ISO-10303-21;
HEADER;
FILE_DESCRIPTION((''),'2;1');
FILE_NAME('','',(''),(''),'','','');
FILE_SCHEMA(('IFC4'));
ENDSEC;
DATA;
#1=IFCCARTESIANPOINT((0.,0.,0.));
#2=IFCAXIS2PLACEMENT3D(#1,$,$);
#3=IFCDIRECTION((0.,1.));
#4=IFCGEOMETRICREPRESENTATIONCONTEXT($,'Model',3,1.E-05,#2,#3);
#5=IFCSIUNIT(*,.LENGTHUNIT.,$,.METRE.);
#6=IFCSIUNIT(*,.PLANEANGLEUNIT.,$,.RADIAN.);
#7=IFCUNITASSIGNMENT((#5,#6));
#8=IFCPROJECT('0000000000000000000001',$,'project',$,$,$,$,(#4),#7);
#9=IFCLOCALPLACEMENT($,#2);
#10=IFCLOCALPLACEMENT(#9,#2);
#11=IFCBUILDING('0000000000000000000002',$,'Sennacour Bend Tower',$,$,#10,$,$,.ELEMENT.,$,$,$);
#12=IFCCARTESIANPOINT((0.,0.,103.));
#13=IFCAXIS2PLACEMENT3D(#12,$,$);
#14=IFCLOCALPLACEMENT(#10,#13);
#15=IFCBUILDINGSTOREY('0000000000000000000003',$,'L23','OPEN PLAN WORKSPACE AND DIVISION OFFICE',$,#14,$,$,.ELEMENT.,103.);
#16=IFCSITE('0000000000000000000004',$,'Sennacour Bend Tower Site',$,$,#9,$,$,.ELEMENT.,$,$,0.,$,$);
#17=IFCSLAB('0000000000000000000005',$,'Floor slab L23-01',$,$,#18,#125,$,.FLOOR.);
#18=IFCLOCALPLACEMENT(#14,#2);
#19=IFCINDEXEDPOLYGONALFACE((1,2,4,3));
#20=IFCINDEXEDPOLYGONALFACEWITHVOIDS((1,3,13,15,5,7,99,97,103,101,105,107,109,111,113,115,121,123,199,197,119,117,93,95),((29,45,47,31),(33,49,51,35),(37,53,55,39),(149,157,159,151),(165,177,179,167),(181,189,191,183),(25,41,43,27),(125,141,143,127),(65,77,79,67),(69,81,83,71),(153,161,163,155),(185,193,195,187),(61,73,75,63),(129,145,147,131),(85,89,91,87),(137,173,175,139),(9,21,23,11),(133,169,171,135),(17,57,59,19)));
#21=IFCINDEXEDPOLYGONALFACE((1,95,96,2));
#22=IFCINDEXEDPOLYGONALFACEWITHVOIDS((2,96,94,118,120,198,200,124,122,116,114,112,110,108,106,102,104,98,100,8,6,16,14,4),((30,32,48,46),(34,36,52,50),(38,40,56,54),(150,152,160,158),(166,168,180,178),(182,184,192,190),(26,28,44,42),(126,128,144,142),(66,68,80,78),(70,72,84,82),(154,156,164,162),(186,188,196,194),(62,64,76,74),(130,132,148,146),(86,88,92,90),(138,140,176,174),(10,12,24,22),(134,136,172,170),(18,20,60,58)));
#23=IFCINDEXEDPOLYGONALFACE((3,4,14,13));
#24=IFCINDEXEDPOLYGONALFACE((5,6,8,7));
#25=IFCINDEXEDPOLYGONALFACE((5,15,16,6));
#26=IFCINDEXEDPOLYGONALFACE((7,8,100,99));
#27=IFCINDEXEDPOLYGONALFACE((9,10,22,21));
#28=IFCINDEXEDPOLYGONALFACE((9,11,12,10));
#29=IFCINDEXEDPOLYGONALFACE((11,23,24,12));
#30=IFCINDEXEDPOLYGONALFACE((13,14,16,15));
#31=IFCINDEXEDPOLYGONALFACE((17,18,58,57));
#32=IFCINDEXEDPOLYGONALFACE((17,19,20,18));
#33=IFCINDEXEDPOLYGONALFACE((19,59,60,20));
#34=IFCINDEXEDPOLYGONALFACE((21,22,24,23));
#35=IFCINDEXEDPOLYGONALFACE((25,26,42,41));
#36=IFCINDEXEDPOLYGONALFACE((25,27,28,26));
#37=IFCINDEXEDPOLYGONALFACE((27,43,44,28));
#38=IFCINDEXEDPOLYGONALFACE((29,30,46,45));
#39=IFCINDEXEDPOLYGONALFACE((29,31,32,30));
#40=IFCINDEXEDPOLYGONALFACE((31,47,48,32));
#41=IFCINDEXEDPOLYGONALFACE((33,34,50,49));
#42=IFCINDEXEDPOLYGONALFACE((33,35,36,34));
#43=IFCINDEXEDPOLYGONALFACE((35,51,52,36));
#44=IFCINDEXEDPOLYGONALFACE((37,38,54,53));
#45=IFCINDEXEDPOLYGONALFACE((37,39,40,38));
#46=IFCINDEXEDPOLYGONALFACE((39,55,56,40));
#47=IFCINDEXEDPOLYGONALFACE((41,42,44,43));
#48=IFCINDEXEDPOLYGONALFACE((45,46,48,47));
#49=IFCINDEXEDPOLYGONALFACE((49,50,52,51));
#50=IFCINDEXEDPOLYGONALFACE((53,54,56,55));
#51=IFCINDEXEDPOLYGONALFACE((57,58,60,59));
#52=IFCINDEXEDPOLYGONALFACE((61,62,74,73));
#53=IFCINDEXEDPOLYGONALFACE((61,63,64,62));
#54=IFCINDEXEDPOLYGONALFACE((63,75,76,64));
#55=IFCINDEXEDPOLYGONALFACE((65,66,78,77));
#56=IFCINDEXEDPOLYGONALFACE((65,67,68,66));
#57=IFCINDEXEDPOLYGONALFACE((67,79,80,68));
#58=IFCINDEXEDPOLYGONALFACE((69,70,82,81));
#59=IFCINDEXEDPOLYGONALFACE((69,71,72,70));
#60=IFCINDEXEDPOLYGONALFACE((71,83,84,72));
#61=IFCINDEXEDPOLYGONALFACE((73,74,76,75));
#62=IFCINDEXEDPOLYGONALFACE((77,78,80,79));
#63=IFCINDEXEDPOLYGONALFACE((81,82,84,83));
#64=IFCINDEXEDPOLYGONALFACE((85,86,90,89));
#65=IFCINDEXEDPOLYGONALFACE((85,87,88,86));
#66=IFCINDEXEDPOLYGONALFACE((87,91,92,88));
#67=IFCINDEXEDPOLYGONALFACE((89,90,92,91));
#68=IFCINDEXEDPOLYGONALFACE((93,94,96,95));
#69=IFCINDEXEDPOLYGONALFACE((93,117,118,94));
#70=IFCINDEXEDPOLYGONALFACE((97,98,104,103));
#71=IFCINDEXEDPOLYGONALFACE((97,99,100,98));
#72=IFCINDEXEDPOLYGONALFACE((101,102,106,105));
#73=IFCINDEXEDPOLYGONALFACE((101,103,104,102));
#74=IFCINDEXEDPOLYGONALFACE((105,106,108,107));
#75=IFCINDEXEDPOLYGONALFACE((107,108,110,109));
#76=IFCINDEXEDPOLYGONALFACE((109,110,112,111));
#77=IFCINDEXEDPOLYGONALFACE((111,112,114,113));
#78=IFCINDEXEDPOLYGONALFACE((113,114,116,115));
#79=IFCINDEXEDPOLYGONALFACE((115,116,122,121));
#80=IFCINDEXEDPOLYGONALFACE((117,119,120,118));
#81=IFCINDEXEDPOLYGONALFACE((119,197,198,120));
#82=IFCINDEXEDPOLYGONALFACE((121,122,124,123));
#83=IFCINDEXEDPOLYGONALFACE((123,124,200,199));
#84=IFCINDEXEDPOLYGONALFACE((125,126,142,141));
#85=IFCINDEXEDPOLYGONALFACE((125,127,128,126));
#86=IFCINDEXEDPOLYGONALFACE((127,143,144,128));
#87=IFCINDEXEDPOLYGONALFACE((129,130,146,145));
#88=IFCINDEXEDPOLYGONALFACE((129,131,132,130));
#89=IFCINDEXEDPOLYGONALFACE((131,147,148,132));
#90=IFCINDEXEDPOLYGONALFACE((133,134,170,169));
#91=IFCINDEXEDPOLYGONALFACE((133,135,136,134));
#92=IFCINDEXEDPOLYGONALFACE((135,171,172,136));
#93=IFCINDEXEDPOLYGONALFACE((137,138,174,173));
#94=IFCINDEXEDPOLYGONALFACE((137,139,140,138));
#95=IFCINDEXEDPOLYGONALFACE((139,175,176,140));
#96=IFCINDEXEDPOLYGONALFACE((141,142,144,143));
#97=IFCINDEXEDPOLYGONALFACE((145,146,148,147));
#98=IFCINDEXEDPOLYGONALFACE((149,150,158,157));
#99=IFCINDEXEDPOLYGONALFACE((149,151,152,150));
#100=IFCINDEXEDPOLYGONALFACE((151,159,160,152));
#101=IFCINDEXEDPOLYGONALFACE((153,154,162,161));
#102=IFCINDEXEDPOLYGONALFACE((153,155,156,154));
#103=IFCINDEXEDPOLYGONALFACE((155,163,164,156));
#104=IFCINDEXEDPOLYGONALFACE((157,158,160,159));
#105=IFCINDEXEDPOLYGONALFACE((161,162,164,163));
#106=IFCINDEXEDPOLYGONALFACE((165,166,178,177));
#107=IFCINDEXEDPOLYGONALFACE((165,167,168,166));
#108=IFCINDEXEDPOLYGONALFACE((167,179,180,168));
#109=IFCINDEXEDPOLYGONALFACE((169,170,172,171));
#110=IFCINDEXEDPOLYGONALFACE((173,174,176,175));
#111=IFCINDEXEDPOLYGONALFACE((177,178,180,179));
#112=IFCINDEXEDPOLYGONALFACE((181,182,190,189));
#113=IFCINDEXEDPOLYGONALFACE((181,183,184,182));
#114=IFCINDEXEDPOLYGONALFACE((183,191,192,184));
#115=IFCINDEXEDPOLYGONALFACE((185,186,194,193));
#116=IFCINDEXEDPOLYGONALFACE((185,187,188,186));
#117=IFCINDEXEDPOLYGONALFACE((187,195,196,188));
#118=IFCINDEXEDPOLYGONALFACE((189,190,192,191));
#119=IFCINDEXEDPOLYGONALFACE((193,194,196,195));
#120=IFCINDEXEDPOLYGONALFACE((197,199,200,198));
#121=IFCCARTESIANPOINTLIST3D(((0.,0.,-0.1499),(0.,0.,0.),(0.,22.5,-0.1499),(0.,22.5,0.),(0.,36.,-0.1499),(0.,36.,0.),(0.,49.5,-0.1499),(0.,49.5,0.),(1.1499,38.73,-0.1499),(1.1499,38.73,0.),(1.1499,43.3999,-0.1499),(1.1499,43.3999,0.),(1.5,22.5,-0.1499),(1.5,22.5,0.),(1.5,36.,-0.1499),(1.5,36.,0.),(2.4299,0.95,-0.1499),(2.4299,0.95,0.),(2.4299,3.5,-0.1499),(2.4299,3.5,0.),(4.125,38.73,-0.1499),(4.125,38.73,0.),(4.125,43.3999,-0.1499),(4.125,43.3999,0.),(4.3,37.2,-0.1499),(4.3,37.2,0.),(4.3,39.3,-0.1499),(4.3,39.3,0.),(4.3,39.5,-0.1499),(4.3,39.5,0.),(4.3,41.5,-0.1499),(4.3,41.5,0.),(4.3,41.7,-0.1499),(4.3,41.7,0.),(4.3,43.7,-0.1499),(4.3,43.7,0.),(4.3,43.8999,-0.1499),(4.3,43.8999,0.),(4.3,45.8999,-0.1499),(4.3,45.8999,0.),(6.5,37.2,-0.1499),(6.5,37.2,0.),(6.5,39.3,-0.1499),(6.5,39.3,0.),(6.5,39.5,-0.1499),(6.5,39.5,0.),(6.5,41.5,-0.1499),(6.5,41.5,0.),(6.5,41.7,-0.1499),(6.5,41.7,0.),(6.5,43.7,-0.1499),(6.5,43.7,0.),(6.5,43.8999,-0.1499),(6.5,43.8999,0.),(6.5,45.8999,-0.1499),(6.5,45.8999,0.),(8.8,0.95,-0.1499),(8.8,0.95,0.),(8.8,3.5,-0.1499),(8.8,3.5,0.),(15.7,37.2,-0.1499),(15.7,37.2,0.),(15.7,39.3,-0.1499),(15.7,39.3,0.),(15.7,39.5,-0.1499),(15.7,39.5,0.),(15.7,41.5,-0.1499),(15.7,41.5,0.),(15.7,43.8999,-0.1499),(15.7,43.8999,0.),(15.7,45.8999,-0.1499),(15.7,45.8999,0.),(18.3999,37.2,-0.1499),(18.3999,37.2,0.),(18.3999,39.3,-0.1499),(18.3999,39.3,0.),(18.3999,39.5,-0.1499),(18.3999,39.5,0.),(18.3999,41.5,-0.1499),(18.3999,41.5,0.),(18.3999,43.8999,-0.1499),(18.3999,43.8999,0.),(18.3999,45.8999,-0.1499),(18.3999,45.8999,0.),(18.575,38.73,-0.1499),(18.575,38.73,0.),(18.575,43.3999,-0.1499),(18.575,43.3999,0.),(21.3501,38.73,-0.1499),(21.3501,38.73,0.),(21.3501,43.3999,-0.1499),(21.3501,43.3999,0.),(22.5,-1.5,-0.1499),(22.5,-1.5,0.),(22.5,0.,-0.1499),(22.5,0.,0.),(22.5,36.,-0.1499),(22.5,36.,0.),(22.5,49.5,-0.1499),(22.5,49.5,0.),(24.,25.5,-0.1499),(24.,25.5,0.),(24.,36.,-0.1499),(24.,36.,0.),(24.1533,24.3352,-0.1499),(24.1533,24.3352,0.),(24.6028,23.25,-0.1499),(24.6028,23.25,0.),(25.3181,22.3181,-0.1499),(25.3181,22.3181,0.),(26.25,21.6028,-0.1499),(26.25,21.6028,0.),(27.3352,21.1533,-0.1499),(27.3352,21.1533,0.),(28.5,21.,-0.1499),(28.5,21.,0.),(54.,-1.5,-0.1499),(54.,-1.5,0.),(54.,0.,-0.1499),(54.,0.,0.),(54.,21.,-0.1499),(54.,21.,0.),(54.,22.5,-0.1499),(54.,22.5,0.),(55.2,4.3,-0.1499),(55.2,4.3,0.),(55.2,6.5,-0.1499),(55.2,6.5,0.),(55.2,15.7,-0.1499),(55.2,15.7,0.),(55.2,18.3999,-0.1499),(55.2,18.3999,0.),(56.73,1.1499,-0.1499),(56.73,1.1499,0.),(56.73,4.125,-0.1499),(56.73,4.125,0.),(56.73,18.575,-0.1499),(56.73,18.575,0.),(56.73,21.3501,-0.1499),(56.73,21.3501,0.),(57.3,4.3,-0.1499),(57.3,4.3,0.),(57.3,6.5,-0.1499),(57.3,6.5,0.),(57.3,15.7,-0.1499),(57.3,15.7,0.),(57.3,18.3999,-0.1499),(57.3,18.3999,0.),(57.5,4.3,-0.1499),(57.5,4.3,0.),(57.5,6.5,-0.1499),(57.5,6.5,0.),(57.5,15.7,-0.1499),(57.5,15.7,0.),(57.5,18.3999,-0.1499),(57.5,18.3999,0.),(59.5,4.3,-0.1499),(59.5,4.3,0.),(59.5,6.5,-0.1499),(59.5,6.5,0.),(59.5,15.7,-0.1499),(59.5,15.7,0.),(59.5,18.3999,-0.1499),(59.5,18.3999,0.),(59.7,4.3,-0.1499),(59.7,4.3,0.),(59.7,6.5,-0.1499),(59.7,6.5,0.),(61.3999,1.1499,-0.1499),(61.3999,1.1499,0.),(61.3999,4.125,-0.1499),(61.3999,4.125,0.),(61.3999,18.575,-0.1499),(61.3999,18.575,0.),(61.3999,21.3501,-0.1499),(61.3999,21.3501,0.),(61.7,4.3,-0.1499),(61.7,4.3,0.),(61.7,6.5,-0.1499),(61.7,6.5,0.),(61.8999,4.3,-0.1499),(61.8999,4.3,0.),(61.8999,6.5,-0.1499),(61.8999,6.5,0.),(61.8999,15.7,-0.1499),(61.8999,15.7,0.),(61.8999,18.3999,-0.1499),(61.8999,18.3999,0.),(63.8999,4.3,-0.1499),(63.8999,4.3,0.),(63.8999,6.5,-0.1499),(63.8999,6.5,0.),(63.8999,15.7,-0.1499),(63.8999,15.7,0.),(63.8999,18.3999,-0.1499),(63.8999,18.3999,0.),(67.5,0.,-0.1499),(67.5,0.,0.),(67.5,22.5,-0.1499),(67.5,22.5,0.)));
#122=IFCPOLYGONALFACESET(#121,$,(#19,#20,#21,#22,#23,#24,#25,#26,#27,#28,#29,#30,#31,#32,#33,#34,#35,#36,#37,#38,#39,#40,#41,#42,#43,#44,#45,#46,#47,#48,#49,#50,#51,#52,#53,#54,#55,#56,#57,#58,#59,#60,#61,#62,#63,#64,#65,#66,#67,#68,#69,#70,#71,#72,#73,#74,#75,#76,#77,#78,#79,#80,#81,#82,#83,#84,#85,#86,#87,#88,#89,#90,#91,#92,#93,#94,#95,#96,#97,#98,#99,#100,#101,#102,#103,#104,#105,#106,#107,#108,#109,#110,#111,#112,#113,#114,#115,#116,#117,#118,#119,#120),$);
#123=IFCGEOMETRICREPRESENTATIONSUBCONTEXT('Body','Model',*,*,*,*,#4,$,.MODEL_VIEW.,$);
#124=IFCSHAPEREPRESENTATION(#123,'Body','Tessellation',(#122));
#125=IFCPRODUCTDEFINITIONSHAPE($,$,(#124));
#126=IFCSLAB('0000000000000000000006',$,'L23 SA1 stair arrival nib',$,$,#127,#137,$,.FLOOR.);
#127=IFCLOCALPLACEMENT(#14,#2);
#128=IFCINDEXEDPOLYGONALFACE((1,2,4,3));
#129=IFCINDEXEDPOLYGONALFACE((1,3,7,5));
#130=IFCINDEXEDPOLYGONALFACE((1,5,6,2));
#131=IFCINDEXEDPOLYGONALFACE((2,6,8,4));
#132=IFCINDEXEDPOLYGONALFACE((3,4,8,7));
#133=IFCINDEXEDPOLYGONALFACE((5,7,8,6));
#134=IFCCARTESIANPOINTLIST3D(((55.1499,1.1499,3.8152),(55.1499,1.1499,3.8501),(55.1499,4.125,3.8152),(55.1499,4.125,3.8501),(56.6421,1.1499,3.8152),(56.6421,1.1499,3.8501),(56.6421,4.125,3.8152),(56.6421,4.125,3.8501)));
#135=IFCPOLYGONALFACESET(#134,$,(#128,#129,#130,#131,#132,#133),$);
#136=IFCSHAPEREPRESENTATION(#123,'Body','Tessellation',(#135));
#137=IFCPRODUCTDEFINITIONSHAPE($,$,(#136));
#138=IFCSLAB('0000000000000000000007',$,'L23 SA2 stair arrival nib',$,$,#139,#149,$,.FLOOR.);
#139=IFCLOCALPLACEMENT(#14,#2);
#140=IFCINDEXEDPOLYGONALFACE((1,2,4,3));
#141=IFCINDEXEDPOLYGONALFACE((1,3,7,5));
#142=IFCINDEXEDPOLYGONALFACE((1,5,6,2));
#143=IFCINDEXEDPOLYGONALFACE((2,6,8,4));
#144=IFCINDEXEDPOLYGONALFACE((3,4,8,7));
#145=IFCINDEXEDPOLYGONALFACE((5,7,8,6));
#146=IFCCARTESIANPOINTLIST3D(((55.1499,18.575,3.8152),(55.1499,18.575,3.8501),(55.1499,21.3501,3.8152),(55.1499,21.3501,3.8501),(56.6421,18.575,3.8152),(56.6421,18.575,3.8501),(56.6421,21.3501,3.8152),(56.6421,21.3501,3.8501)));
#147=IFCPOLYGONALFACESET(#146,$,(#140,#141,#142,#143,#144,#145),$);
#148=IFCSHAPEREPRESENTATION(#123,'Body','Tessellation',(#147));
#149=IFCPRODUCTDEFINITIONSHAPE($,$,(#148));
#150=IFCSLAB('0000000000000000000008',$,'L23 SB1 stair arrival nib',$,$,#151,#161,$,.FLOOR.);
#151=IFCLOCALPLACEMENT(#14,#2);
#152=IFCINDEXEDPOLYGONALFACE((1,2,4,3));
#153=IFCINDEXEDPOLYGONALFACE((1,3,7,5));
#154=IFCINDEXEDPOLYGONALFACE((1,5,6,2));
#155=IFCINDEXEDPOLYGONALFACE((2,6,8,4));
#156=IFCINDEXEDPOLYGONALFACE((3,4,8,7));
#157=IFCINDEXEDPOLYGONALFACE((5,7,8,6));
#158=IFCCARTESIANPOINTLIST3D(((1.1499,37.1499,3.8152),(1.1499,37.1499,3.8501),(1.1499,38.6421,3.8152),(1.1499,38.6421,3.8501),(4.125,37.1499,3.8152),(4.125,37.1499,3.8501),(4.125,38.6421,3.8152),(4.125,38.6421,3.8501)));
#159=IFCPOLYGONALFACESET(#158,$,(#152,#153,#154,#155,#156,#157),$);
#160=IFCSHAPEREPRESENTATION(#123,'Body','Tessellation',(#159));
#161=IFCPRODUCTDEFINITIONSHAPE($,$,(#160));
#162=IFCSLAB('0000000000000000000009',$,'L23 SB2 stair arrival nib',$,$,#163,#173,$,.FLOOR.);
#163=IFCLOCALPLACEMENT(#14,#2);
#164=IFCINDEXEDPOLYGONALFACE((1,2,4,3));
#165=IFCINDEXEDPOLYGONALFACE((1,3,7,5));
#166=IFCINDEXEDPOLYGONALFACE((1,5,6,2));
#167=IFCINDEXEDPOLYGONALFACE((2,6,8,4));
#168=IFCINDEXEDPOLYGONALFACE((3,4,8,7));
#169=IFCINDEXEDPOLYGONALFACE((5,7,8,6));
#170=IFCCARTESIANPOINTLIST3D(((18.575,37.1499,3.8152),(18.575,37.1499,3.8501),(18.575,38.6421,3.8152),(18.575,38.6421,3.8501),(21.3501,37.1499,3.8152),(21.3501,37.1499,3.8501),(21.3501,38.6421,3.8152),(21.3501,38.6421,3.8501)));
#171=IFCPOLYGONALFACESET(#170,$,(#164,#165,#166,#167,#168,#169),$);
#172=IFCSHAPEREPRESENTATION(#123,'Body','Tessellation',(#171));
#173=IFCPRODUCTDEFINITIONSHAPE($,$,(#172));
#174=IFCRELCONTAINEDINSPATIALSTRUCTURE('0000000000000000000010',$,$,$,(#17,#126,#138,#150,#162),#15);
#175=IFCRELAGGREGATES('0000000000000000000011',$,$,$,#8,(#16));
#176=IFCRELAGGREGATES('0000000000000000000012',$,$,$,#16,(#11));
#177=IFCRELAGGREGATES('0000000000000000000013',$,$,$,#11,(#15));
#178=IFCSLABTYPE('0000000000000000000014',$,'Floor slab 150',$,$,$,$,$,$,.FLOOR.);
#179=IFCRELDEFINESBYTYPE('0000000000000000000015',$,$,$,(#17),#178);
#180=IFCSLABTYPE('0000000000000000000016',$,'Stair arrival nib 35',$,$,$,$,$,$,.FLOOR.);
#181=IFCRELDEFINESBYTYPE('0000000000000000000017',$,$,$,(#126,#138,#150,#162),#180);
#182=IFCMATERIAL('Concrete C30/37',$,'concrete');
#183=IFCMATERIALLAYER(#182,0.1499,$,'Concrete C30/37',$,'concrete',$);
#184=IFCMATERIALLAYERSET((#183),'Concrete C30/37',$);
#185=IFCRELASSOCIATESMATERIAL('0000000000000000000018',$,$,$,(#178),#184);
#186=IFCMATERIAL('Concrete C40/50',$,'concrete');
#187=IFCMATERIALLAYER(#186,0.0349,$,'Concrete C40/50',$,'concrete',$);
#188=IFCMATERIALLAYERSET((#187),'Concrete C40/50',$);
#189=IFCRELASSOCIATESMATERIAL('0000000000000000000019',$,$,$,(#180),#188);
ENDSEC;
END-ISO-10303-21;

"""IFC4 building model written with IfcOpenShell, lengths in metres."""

from ifc_helpers import new_model, si_unit, direction, frame, origin, place, context, subcontext, project, spatial, polyline, outline, extrude, material, layer, layer_set, type_object, element, save


model = new_model("IFC4")

# Units and contexts
model_context = context("Model", 3, precision=1e-05, world=origin(), true_north=direction((0.0, 1.0)))
body_context = subcontext(model_context, "Body", "Model", "MODEL_VIEW")
ifc_project = project(units=[si_unit("LENGTHUNIT", "METRE"), si_unit("PLANEANGLEUNIT", "RADIAN")], contexts=[model_context])

# Site, building, storey
site_placement = place(None, origin())
site = spatial("IfcSite", under=ifc_project, at=site_placement, Name="Sennacour Bend Tower Site", CompositionType="ELEMENT", RefElevation=0.0)
building_placement = place(site_placement, origin())
building = spatial("IfcBuilding", under=site, at=building_placement, Name="Sennacour Bend Tower", CompositionType="ELEMENT")
storey_placement = place(building_placement, frame((0.0, 0.0, 103.0)))
storey = spatial("IfcBuildingStorey", under=building, at=storey_placement, Name="L23", Description="OPEN PLAN WORKSPACE AND DIVISION OFFICE", CompositionType="ELEMENT", Elevation=103.0)

# Slabs
ifc_material_1 = material(Name="Concrete C30/37", Category="concrete")
ifc_layer_1 = layer(ifc_material_1, 0.1499, Name="Concrete C30/37", Category="concrete")
ifc_layer_set_1 = layer_set([ifc_layer_1], Name="Concrete C30/37")
slab_type_1 = type_object("IfcSlabType", Name="Floor slab 150", PredefinedType="FLOOR", material=ifc_layer_set_1)
slab_1_placement = place(storey_placement, frame((0.0, 0.0, -0.1499)))
element("IfcSlab", 1, at=slab_1_placement, inside=storey, type_object=slab_type_1, Name="Floor slab L23-01", PredefinedType="FLOOR", context=body_context, shape_type="SweptSolid", body=[
    extrude(outline(polyline([(22.5, 0.0), (0.0, 0.0), (0.0, 22.5), (1.5, 22.5), (1.5, 36.0), (0.0, 36.0), (0.0, 49.5), (22.5, 49.5), (22.5, 36.0), (24.0, 36.0), (24.0, 25.5), (24.1533, 24.3352), (24.6028, 23.25), (25.3181, 22.3181), (26.25, 21.6028), (27.3352, 21.1533), (28.5, 21.0), (54.0, 21.0), (54.0, 22.5), (67.5, 22.5), (67.5, 0.0), (54.0, 0.0), (54.0, -1.5), (22.5, -1.5), (22.5, 0.0)]), holes=[polyline([(8.8, 0.95), (8.8, 3.5), (2.4299, 3.5), (2.4299, 0.95), (8.8, 0.95)]), polyline([(6.5, 37.2), (6.5, 39.3), (4.3, 39.3), (4.3, 37.2), (6.5, 37.2)]), polyline([(18.3999, 37.2), (18.3999, 39.3), (15.7, 39.3), (15.7, 37.2), (18.3999, 37.2)]), polyline([(6.5, 39.5), (6.5, 41.5), (4.3, 41.5), (4.3, 39.5), (6.5, 39.5)]), polyline([(18.3999, 39.5), (18.3999, 41.5), (15.7, 41.5), (15.7, 39.5), (18.3999, 39.5)]), polyline([(4.125, 38.73), (4.125, 43.3999), (1.1499, 43.3999), (1.1499, 38.73), (4.125, 38.73)]), polyline([(21.3501, 38.73), (21.3501, 43.3999), (18.575, 43.3999), (18.575, 38.73), (21.3501, 38.73)]), polyline([(4.3, 41.7), (6.5, 41.7), (6.5, 43.7), (4.3, 43.7), (4.3, 41.7)]), polyline([(4.3, 43.8999), (6.5, 43.8999), (6.5, 45.8999), (4.3, 45.8999), (4.3, 43.8999)]), polyline([(18.3999, 43.8999), (18.3999, 45.8999), (15.7, 45.8999), (15.7, 43.8999), (18.3999, 43.8999)]), polyline([(61.3999, 1.1499), (61.3999, 4.125), (56.73, 4.125), (56.73, 1.1499), (61.3999, 1.1499)]), polyline([(57.3, 4.3), (57.3, 6.5), (55.2, 6.5), (55.2, 4.3), (57.3, 4.3)]), polyline([(57.5, 4.3), (59.5, 4.3), (59.5, 6.5), (57.5, 6.5), (57.5, 4.3)]), polyline([(59.7, 4.3), (61.7, 4.3), (61.7, 6.5), (59.7, 6.5), (59.7, 4.3)]), polyline([(63.8999, 4.3), (63.8999, 6.5), (61.8999, 6.5), (61.8999, 4.3), (63.8999, 4.3)]), polyline([(57.3, 15.7), (57.3, 18.3999), (55.2, 18.3999), (55.2, 15.7), (57.3, 15.7)]), polyline([(59.5, 15.7), (59.5, 18.3999), (57.5, 18.3999), (57.5, 15.7), (59.5, 15.7)]), polyline([(61.8999, 15.7), (63.8999, 15.7), (63.8999, 18.3999), (61.8999, 18.3999), (61.8999, 15.7)]), polyline([(56.73, 18.575), (61.3999, 18.575), (61.3999, 21.3501), (56.73, 21.3501), (56.73, 18.575)])]), origin(), (0.0, 0.0, 1.0), 0.1499),
])
ifc_material_2 = material(Name="Concrete C40/50", Category="concrete")
ifc_layer_2 = layer(ifc_material_2, 0.0349, Name="Concrete C40/50", Category="concrete")
ifc_layer_set_2 = layer_set([ifc_layer_2], Name="Concrete C40/50")
slab_type_2 = type_object("IfcSlabType", Name="Stair arrival nib 35", PredefinedType="FLOOR", material=ifc_layer_set_2)
slab_2_placement = place(storey_placement, frame((0.0, 0.0, 3.8152)))
element("IfcSlab", 2, at=slab_2_placement, inside=storey, type_object=slab_type_2, Name="L23 SA1 stair arrival nib", PredefinedType="FLOOR", context=body_context, shape_type="SweptSolid", body=[
    extrude(outline(polyline([(56.6421, 4.125), (55.1499, 4.125), (55.1499, 1.1499), (56.6421, 1.1499), (56.6421, 4.125)])), origin(), (0.0, 0.0, 1.0), 0.0349),
])
slab_3_placement = place(storey_placement, frame((0.0, 0.0, 3.8152)))
element("IfcSlab", 3, at=slab_3_placement, inside=storey, type_object=slab_type_2, Name="L23 SA2 stair arrival nib", PredefinedType="FLOOR", context=body_context, shape_type="SweptSolid", body=[
    extrude(outline(polyline([(56.6421, 21.3501), (55.1499, 21.3501), (55.1499, 18.575), (56.6421, 18.575), (56.6421, 21.3501)])), origin(), (0.0, 0.0, 1.0), 0.0349),
])
slab_4_placement = place(storey_placement, frame((0.0, 0.0, 3.8152)))
element("IfcSlab", 4, at=slab_4_placement, inside=storey, type_object=slab_type_2, Name="L23 SB1 stair arrival nib", PredefinedType="FLOOR", context=body_context, shape_type="SweptSolid", body=[
    extrude(outline(polyline([(1.1499, 38.6421), (1.1499, 37.1499), (4.125, 37.1499), (4.125, 38.6421), (1.1499, 38.6421)])), origin(), (0.0, 0.0, 1.0), 0.0349),
])
slab_5_placement = place(storey_placement, frame((0.0, 0.0, 3.8152)))
element("IfcSlab", 5, at=slab_5_placement, inside=storey, type_object=slab_type_2, Name="L23 SB2 stair arrival nib", PredefinedType="FLOOR", context=body_context, shape_type="SweptSolid", body=[
    extrude(outline(polyline([(18.575, 38.6421), (18.575, 37.1499), (21.3501, 37.1499), (21.3501, 38.6421), (18.575, 38.6421)])), origin(), (0.0, 0.0, 1.0), 0.0349),
])

save(model, "model.ifc")
